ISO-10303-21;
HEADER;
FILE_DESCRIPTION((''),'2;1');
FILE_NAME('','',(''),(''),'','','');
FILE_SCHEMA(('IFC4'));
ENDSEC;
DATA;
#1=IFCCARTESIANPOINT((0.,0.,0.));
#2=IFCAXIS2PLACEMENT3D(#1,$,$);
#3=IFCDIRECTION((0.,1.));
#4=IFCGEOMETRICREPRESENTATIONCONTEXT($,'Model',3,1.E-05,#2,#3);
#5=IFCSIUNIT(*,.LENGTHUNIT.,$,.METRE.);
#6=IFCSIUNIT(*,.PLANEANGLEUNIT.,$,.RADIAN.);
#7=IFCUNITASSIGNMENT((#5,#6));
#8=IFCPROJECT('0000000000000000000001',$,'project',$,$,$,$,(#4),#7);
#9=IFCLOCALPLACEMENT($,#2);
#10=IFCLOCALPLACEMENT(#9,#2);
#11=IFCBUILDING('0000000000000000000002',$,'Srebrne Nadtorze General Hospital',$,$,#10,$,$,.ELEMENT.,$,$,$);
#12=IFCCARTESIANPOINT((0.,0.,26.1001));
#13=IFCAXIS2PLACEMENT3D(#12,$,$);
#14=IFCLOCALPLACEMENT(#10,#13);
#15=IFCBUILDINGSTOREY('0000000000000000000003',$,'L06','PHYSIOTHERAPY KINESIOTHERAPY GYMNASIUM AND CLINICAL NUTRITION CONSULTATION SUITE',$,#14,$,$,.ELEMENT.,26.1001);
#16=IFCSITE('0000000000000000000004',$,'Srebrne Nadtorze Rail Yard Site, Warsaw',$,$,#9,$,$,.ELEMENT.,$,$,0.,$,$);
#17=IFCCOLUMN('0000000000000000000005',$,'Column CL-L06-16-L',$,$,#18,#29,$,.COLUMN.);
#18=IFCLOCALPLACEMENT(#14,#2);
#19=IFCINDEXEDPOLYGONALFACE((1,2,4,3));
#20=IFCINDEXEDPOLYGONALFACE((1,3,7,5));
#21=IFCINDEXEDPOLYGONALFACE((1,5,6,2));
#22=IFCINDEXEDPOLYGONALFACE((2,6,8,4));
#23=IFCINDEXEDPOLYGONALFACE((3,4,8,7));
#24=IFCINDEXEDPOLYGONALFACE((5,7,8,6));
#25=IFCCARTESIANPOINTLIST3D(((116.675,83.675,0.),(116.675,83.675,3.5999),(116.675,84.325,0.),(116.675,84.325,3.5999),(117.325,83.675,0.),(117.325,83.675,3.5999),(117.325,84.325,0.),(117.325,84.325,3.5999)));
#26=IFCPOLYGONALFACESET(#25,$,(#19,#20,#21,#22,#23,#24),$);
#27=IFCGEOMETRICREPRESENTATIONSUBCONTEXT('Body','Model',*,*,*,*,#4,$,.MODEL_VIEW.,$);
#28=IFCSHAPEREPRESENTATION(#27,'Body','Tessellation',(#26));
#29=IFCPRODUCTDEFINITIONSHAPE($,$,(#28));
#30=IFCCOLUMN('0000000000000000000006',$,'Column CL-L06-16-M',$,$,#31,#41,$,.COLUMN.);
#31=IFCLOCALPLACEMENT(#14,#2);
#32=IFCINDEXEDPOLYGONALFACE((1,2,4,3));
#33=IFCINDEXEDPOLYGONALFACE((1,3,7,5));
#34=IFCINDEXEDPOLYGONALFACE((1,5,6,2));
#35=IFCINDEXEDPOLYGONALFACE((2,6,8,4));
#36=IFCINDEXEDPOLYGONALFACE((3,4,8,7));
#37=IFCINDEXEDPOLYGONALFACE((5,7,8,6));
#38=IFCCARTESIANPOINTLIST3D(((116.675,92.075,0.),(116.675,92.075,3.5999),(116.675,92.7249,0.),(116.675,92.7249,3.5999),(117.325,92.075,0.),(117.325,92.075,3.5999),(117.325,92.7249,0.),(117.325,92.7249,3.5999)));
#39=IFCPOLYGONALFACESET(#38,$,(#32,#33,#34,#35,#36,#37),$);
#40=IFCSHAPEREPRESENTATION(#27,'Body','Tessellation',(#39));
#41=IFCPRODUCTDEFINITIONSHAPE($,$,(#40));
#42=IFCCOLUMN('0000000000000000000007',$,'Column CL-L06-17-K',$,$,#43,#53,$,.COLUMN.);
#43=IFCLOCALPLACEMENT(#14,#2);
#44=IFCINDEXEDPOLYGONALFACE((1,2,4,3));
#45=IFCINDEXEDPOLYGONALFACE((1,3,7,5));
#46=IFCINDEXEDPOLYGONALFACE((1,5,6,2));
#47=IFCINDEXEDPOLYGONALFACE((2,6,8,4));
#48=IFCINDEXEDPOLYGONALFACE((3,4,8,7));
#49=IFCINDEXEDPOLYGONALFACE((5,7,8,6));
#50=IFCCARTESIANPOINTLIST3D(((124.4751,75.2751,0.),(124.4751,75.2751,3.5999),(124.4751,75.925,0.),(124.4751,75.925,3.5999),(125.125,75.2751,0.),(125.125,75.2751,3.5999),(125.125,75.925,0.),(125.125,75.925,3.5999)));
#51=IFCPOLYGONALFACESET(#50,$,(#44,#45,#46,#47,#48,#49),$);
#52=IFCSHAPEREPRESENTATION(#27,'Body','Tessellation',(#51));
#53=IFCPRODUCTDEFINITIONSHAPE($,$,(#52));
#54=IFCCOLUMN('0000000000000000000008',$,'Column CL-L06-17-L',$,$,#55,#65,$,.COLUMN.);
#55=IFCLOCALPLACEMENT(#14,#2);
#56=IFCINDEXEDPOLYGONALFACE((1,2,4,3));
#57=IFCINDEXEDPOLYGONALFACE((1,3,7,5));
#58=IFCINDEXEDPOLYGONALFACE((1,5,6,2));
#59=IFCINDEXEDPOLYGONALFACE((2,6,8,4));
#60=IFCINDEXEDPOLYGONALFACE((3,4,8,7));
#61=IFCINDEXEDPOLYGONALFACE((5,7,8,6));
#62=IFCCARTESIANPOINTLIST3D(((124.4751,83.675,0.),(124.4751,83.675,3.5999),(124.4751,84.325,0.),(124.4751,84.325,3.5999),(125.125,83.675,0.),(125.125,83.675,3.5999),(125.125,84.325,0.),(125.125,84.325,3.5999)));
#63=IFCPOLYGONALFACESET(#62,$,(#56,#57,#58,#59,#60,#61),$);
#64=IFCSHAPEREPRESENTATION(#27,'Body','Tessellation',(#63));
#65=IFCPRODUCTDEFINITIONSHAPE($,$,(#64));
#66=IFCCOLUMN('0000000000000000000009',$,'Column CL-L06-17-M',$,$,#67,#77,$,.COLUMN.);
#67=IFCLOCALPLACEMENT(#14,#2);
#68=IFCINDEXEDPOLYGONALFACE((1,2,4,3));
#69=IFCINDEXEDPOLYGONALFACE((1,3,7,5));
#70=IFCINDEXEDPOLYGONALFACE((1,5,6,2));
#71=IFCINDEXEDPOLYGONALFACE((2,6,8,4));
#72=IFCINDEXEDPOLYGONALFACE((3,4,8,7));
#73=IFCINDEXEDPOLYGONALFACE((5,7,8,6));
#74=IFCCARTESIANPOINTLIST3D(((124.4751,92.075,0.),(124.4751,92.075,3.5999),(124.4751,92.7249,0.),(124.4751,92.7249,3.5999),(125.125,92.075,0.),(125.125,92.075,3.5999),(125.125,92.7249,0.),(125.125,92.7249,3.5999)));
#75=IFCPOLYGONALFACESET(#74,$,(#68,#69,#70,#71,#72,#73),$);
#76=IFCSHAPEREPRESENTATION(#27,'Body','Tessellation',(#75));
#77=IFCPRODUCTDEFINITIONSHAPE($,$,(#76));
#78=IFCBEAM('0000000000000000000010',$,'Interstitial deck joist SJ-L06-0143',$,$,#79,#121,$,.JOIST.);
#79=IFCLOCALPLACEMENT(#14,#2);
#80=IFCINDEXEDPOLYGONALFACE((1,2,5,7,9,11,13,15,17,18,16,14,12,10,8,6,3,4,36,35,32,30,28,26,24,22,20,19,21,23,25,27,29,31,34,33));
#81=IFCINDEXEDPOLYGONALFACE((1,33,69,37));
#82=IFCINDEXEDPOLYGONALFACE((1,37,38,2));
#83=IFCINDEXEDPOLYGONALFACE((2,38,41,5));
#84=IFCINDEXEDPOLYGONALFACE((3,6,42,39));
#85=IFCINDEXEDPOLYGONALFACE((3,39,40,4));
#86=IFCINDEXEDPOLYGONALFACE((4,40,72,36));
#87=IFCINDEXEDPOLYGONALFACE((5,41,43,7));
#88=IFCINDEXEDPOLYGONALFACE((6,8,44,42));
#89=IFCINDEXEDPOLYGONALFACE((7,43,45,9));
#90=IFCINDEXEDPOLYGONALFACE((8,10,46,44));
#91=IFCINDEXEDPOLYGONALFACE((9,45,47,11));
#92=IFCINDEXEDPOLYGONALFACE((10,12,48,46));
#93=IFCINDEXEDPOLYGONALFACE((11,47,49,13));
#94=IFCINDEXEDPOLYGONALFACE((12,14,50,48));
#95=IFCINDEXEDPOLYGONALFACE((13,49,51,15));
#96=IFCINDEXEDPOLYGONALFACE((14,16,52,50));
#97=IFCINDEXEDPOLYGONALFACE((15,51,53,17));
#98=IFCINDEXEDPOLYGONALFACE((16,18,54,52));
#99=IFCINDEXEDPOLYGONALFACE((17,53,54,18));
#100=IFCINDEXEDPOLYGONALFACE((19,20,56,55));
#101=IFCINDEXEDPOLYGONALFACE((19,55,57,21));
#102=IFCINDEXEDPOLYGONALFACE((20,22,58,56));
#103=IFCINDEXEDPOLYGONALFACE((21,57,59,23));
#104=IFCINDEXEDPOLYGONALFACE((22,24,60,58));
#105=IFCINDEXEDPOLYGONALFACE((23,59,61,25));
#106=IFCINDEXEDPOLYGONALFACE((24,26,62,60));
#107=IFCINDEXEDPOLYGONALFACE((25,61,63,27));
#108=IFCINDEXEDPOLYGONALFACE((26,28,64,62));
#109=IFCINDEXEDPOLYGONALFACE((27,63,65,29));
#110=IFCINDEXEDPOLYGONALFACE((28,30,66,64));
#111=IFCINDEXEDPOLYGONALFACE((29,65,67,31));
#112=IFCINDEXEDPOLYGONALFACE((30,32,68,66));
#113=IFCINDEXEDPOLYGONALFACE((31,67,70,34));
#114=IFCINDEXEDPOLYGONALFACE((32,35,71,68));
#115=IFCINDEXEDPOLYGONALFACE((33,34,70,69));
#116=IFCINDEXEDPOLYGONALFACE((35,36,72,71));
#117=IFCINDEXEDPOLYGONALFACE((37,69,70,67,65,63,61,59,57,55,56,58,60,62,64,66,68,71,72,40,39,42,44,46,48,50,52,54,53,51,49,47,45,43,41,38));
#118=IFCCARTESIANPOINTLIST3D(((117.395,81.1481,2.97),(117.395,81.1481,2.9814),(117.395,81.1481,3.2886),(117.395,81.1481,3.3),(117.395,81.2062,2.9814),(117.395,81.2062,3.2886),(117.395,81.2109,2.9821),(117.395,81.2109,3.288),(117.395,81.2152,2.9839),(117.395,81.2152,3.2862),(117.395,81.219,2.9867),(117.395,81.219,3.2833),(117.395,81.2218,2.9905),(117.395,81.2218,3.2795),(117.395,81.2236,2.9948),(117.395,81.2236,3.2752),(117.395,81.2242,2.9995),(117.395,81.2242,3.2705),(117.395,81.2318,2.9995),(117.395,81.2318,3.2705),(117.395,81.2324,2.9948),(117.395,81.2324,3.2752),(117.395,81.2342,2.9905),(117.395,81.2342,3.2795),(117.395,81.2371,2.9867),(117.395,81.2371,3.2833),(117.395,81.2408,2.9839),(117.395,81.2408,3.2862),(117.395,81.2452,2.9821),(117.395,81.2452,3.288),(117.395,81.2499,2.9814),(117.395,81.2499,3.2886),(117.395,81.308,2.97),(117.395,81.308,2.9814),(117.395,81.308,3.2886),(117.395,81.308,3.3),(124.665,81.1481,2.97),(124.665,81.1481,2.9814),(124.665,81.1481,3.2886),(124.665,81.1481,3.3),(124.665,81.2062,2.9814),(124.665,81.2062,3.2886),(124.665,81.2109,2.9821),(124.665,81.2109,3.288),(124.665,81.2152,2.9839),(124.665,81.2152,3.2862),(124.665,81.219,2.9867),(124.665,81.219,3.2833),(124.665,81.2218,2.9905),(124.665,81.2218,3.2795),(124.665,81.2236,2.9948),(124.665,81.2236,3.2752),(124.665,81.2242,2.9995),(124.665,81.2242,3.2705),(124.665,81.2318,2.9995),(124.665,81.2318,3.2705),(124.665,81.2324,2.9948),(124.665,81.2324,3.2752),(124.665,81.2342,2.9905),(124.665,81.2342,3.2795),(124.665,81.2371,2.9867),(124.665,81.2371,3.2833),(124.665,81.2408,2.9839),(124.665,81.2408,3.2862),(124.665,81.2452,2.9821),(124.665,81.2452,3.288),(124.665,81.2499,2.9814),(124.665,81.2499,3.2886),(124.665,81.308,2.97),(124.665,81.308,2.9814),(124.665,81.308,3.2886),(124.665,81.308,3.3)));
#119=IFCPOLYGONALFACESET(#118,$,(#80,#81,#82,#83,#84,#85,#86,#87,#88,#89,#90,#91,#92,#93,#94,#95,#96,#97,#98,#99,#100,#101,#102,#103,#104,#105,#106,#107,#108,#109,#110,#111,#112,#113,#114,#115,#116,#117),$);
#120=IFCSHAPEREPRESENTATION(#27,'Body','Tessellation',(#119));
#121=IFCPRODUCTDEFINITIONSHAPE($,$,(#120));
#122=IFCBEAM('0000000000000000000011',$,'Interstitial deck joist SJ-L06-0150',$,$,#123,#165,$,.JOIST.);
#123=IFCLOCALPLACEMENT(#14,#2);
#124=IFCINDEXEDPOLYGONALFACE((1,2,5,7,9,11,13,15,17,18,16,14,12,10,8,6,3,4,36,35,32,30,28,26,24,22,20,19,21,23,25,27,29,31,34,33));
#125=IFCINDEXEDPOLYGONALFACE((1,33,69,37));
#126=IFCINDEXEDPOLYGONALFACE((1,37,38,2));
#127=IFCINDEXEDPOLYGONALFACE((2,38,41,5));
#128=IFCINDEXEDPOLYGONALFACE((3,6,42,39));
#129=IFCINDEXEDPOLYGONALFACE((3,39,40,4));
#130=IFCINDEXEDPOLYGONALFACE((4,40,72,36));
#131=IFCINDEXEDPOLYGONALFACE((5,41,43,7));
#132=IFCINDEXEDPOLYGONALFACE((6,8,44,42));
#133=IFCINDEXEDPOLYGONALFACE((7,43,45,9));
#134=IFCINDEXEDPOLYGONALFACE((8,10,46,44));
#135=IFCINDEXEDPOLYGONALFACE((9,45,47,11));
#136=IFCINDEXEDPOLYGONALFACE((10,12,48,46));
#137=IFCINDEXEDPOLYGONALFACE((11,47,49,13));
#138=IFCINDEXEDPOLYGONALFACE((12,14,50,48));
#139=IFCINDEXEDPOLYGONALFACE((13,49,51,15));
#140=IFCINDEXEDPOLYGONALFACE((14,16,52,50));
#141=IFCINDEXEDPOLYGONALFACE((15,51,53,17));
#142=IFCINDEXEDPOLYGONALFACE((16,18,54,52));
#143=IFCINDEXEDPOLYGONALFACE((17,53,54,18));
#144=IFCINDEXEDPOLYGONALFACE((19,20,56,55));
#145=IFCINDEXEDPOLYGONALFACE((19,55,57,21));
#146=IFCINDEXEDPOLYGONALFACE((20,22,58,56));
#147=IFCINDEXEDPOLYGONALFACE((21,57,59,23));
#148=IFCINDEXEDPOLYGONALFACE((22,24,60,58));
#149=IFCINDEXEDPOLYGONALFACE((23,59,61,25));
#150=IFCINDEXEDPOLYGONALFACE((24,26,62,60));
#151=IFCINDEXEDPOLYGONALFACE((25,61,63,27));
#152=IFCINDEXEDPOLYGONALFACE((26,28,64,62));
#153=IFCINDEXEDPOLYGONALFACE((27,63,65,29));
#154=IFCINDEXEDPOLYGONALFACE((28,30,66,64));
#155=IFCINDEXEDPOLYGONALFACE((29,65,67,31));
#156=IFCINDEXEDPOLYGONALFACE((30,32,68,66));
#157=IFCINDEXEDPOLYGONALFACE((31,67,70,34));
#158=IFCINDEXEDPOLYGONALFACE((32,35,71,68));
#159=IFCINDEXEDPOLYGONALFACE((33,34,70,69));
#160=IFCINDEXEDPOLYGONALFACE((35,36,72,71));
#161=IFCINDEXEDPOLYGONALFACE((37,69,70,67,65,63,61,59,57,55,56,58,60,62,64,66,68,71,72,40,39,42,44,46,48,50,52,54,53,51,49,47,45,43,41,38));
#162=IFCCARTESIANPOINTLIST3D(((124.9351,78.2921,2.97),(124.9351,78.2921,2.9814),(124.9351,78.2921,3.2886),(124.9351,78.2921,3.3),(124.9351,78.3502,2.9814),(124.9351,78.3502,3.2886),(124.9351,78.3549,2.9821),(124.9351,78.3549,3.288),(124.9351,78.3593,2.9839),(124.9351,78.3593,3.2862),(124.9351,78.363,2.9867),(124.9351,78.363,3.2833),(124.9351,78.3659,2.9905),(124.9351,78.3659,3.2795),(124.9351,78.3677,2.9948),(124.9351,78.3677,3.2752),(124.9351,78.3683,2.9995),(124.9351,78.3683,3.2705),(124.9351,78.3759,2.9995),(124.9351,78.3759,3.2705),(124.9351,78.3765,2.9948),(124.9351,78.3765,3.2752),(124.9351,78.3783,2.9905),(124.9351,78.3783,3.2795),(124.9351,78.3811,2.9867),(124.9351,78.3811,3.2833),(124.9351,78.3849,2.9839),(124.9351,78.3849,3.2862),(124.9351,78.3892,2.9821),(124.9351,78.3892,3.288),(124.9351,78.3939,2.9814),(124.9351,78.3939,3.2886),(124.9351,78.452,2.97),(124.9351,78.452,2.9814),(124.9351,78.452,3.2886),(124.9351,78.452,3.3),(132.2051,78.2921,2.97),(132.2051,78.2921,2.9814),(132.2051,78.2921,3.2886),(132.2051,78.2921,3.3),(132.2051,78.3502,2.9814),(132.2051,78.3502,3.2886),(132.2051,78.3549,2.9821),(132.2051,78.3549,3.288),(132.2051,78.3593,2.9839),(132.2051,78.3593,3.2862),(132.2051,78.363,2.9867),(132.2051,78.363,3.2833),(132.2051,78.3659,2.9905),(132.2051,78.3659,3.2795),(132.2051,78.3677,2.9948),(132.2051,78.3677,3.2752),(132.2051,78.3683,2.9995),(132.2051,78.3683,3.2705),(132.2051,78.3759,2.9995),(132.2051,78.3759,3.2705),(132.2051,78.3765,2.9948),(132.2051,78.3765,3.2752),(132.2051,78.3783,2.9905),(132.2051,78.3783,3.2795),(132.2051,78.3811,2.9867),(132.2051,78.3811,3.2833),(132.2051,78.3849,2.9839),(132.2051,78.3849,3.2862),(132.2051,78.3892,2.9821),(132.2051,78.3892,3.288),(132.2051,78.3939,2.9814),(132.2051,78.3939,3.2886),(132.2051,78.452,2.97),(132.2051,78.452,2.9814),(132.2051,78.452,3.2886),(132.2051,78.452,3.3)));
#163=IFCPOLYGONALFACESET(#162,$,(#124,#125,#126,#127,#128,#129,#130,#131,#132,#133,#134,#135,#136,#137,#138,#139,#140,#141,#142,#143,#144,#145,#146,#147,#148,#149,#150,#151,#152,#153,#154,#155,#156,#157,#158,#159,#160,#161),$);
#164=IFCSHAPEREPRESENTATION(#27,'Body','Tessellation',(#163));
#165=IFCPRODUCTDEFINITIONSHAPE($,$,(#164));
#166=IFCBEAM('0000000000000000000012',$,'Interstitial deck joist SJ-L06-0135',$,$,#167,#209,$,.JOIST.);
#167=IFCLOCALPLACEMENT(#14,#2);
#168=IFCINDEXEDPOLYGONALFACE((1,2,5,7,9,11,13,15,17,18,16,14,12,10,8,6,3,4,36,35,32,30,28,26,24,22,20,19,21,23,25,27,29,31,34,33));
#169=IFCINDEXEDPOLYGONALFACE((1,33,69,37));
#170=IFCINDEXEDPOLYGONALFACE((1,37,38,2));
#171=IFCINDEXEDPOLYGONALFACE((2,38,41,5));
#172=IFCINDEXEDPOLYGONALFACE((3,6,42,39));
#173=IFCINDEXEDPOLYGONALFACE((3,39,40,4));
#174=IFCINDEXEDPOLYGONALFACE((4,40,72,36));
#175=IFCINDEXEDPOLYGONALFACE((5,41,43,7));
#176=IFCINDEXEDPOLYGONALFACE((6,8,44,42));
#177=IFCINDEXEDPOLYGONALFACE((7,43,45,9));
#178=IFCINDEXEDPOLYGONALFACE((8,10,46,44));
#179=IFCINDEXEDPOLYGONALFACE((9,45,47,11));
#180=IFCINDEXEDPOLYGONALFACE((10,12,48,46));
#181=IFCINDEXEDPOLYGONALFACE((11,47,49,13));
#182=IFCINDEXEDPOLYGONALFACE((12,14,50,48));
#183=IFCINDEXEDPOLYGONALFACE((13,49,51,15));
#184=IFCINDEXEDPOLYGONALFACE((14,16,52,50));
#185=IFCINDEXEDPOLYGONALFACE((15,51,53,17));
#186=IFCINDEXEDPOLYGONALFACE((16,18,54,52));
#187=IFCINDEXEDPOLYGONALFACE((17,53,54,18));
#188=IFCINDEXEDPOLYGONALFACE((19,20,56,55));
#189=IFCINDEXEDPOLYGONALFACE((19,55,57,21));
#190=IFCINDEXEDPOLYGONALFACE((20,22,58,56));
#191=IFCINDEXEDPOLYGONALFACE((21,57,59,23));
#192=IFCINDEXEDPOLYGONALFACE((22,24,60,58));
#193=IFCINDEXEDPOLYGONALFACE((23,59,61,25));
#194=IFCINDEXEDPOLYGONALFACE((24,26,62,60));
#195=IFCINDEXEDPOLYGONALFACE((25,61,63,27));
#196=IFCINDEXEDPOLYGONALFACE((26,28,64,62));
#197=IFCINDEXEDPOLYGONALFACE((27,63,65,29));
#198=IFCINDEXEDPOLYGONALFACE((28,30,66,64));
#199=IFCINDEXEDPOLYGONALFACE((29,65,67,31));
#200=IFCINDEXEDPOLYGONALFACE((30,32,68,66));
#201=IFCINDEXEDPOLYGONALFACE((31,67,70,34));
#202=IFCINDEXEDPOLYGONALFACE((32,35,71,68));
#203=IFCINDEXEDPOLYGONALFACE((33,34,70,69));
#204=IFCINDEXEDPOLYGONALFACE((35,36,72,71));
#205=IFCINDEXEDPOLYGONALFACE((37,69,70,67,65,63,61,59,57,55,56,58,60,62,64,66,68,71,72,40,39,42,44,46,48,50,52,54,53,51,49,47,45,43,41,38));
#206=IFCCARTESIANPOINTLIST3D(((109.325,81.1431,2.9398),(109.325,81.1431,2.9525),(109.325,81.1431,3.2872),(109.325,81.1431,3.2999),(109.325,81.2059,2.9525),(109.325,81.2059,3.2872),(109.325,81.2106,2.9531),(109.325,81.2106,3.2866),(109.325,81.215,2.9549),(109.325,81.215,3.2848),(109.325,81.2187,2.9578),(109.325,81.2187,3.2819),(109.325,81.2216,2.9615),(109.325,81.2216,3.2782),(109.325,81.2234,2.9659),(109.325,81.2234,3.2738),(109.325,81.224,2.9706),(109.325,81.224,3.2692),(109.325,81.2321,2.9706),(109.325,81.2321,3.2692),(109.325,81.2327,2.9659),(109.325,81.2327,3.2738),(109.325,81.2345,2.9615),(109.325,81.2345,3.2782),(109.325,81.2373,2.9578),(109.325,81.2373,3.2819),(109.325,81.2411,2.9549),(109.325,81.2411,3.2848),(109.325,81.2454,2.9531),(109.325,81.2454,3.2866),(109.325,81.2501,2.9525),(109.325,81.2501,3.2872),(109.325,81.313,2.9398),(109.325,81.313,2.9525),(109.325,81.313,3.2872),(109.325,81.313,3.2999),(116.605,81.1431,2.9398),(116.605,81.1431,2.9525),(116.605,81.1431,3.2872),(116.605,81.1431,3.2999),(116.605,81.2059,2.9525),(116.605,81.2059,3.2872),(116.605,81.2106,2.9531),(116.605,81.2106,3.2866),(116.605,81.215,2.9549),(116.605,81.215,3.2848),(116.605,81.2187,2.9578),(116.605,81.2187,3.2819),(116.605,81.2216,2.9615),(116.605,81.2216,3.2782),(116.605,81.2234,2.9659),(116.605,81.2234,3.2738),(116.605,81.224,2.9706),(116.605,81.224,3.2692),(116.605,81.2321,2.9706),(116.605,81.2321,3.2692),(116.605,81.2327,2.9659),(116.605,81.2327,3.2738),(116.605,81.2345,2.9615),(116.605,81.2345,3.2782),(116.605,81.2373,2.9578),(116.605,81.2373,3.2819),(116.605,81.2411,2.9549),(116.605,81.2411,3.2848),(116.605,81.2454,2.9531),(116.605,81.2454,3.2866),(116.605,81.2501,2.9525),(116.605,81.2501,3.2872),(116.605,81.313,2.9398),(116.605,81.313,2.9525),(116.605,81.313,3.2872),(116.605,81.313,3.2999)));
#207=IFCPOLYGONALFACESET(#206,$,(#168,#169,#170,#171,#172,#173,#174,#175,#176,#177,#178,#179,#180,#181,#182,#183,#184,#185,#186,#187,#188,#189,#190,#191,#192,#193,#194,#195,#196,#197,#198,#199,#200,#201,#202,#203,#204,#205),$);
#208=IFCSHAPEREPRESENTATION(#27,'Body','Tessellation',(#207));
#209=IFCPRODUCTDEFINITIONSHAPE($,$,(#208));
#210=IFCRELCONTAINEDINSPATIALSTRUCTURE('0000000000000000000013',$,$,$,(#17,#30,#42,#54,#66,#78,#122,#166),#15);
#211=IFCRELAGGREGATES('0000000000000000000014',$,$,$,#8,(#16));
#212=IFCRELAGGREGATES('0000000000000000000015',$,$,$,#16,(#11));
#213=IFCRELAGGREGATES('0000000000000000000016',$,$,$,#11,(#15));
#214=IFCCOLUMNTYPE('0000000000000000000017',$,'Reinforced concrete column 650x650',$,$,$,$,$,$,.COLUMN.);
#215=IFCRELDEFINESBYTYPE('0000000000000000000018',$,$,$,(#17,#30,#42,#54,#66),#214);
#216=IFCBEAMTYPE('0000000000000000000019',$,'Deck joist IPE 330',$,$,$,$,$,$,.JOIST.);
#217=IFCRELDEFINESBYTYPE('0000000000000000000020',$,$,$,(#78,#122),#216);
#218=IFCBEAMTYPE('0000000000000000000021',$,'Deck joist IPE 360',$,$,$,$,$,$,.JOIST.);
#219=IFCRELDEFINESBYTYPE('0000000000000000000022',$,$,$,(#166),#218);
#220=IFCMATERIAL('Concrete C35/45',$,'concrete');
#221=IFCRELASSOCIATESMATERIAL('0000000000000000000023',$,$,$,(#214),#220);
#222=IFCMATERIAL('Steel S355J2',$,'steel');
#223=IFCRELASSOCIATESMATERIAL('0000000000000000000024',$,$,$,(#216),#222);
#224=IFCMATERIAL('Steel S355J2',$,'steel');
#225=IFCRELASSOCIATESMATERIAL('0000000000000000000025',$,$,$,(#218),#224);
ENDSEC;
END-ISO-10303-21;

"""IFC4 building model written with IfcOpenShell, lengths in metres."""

from ifc_helpers import new_model, si_unit, direction, frame, origin, origin_2d, place, context, subcontext, project, spatial, rectangle, i_section, extrude, material, material_profile, profile_set, type_object, element, save


model = new_model("IFC4")

# Units and contexts
model_context = context("Model", 3, precision=1e-05, world=origin(), true_north=direction((0.0, 1.0)))
body_context = subcontext(model_context, "Body", "Model", "MODEL_VIEW")
ifc_project = project(units=[si_unit("LENGTHUNIT", "METRE"), si_unit("PLANEANGLEUNIT", "RADIAN")], contexts=[model_context])

# Site, building, storey
site_placement = place(None, origin())
site = spatial("IfcSite", under=ifc_project, at=site_placement, Name="Srebrne Nadtorze Rail Yard Site, Warsaw", CompositionType="ELEMENT", RefElevation=0.0)
building_placement = place(site_placement, origin())
building = spatial("IfcBuilding", under=site, at=building_placement, Name="Srebrne Nadtorze General Hospital", CompositionType="ELEMENT")
storey_placement = place(building_placement, frame((0.0, 0.0, 26.1001)))
storey = spatial("IfcBuildingStorey", under=building, at=storey_placement, Name="L06", Description="PHYSIOTHERAPY KINESIOTHERAPY GYMNASIUM AND CLINICAL NUTRITION CONSULTATION SUITE", CompositionType="ELEMENT", Elevation=26.1001)

# Columns
ifc_material_1 = material(Name="Concrete C35/45", Category="concrete")
ifc_material_profile_1 = material_profile(ifc_material_1, rectangle(XDim=0.6499, YDim=0.6499, at=origin_2d()), Name="RC-COL-650x650")
ifc_profile_set_1 = profile_set([ifc_material_profile_1], Name="Concrete C35/45")
column_type = type_object("IfcColumnType", Name="Reinforced concrete column 650x650", PredefinedType="COLUMN", material=ifc_profile_set_1)
for number, where, z_axis, x_axis, name in (
    (1, (117.0, 84.0, 0.0), (0.0, 0.0, 1.0), (1.0, 0.0, 0.0), "Column CL-L06-16-L"),
    (2, (117.0, 92.3999, 0.0), (0.0, 0.0, 1.0), (1.0, 0.0, 0.0), "Column CL-L06-16-M"),
    (3, (124.8, 75.6001, 0.0), (0.0, 0.0, 1.0), (1.0, 0.0, 0.0), "Column CL-L06-17-K"),
    (4, (124.8, 84.0, 0.0), (0.0, 0.0, 1.0), (1.0, 0.0, 0.0), "Column CL-L06-17-L"),
    (5, (124.8, 92.3999, 0.0), (0.0, 0.0, 1.0), (1.0, 0.0, 0.0), "Column CL-L06-17-M"),
):
    element("IfcColumn", number, at=place(storey_placement, frame(where, z_axis=z_axis, x_axis=x_axis)), inside=storey, type_object=column_type, Name=name, PredefinedType="COLUMN", context=body_context, shape_type="SweptSolid", body=[
        extrude(rectangle(XDim=0.6499, YDim=0.6499, at=origin_2d()), origin(), (0.0, 0.0, 1.0), 3.5999),
    ])

# Beams
ifc_material_2 = material(Name="Steel S355J2", Category="steel")
ifc_material_profile_2 = material_profile(ifc_material_2, i_section(OverallWidth=0.1599, OverallDepth=0.3301, WebThickness=0.0076, FlangeThickness=0.0115, FilletRadius=0.0181, at=origin_2d()), Name="IPE-330")
ifc_profile_set_2 = profile_set([ifc_material_profile_2], Name="Steel S355J2")
beam_type_1 = type_object("IfcBeamType", Name="Deck joist IPE 330", PredefinedType="JOIST", material=ifc_profile_set_2)
for number, where, z_axis, x_axis, name in (
    (6, (117.395, 81.228, 3.135), (1.0, 0.0, 0.0), (0.0, 1.0, 0.0), "Interstitial deck joist SJ-L06-0143"),
    (7, (124.9351, 78.3721, 3.135), (1.0, 0.0, 0.0), (0.0, 1.0, 0.0), "Interstitial deck joist SJ-L06-0150"),
):
    element("IfcBeam", number, at=place(storey_placement, frame(where, z_axis=z_axis, x_axis=x_axis)), inside=storey, type_object=beam_type_1, Name=name, PredefinedType="JOIST", context=body_context, shape_type="SweptSolid", body=[
        extrude(i_section(OverallWidth=0.1599, OverallDepth=0.3301, WebThickness=0.0076, FlangeThickness=0.0115, FilletRadius=0.0181, at=origin_2d()), origin(), (0.0, 0.0, 1.0), 7.27),
    ])
ifc_material_3 = material(Name="Steel S355J2", Category="steel")
ifc_material_profile_3 = material_profile(ifc_material_3, i_section(OverallWidth=0.1699, OverallDepth=0.3601, WebThickness=0.0081, FlangeThickness=0.0127, FilletRadius=0.0181, at=origin_2d()), Name="IPE-360")
ifc_profile_set_3 = profile_set([ifc_material_profile_3], Name="Steel S355J2")
beam_type_2 = type_object("IfcBeamType", Name="Deck joist IPE 360", PredefinedType="JOIST", material=ifc_profile_set_3)
beam_1_placement = place(storey_placement, frame((109.325, 81.228, 3.1199), z_axis=(1.0, 0.0, 0.0), x_axis=(0.0, 1.0, 0.0)))
element("IfcBeam", 8, at=beam_1_placement, inside=storey, type_object=beam_type_2, Name="Interstitial deck joist SJ-L06-0135", PredefinedType="JOIST", context=body_context, shape_type="SweptSolid", body=[
    extrude(i_section(OverallWidth=0.1699, OverallDepth=0.3601, WebThickness=0.0081, FlangeThickness=0.0127, FilletRadius=0.0181, at=origin_2d()), origin(), (0.0, 0.0, 1.0), 7.28),
])

save(model, "model.ifc")
